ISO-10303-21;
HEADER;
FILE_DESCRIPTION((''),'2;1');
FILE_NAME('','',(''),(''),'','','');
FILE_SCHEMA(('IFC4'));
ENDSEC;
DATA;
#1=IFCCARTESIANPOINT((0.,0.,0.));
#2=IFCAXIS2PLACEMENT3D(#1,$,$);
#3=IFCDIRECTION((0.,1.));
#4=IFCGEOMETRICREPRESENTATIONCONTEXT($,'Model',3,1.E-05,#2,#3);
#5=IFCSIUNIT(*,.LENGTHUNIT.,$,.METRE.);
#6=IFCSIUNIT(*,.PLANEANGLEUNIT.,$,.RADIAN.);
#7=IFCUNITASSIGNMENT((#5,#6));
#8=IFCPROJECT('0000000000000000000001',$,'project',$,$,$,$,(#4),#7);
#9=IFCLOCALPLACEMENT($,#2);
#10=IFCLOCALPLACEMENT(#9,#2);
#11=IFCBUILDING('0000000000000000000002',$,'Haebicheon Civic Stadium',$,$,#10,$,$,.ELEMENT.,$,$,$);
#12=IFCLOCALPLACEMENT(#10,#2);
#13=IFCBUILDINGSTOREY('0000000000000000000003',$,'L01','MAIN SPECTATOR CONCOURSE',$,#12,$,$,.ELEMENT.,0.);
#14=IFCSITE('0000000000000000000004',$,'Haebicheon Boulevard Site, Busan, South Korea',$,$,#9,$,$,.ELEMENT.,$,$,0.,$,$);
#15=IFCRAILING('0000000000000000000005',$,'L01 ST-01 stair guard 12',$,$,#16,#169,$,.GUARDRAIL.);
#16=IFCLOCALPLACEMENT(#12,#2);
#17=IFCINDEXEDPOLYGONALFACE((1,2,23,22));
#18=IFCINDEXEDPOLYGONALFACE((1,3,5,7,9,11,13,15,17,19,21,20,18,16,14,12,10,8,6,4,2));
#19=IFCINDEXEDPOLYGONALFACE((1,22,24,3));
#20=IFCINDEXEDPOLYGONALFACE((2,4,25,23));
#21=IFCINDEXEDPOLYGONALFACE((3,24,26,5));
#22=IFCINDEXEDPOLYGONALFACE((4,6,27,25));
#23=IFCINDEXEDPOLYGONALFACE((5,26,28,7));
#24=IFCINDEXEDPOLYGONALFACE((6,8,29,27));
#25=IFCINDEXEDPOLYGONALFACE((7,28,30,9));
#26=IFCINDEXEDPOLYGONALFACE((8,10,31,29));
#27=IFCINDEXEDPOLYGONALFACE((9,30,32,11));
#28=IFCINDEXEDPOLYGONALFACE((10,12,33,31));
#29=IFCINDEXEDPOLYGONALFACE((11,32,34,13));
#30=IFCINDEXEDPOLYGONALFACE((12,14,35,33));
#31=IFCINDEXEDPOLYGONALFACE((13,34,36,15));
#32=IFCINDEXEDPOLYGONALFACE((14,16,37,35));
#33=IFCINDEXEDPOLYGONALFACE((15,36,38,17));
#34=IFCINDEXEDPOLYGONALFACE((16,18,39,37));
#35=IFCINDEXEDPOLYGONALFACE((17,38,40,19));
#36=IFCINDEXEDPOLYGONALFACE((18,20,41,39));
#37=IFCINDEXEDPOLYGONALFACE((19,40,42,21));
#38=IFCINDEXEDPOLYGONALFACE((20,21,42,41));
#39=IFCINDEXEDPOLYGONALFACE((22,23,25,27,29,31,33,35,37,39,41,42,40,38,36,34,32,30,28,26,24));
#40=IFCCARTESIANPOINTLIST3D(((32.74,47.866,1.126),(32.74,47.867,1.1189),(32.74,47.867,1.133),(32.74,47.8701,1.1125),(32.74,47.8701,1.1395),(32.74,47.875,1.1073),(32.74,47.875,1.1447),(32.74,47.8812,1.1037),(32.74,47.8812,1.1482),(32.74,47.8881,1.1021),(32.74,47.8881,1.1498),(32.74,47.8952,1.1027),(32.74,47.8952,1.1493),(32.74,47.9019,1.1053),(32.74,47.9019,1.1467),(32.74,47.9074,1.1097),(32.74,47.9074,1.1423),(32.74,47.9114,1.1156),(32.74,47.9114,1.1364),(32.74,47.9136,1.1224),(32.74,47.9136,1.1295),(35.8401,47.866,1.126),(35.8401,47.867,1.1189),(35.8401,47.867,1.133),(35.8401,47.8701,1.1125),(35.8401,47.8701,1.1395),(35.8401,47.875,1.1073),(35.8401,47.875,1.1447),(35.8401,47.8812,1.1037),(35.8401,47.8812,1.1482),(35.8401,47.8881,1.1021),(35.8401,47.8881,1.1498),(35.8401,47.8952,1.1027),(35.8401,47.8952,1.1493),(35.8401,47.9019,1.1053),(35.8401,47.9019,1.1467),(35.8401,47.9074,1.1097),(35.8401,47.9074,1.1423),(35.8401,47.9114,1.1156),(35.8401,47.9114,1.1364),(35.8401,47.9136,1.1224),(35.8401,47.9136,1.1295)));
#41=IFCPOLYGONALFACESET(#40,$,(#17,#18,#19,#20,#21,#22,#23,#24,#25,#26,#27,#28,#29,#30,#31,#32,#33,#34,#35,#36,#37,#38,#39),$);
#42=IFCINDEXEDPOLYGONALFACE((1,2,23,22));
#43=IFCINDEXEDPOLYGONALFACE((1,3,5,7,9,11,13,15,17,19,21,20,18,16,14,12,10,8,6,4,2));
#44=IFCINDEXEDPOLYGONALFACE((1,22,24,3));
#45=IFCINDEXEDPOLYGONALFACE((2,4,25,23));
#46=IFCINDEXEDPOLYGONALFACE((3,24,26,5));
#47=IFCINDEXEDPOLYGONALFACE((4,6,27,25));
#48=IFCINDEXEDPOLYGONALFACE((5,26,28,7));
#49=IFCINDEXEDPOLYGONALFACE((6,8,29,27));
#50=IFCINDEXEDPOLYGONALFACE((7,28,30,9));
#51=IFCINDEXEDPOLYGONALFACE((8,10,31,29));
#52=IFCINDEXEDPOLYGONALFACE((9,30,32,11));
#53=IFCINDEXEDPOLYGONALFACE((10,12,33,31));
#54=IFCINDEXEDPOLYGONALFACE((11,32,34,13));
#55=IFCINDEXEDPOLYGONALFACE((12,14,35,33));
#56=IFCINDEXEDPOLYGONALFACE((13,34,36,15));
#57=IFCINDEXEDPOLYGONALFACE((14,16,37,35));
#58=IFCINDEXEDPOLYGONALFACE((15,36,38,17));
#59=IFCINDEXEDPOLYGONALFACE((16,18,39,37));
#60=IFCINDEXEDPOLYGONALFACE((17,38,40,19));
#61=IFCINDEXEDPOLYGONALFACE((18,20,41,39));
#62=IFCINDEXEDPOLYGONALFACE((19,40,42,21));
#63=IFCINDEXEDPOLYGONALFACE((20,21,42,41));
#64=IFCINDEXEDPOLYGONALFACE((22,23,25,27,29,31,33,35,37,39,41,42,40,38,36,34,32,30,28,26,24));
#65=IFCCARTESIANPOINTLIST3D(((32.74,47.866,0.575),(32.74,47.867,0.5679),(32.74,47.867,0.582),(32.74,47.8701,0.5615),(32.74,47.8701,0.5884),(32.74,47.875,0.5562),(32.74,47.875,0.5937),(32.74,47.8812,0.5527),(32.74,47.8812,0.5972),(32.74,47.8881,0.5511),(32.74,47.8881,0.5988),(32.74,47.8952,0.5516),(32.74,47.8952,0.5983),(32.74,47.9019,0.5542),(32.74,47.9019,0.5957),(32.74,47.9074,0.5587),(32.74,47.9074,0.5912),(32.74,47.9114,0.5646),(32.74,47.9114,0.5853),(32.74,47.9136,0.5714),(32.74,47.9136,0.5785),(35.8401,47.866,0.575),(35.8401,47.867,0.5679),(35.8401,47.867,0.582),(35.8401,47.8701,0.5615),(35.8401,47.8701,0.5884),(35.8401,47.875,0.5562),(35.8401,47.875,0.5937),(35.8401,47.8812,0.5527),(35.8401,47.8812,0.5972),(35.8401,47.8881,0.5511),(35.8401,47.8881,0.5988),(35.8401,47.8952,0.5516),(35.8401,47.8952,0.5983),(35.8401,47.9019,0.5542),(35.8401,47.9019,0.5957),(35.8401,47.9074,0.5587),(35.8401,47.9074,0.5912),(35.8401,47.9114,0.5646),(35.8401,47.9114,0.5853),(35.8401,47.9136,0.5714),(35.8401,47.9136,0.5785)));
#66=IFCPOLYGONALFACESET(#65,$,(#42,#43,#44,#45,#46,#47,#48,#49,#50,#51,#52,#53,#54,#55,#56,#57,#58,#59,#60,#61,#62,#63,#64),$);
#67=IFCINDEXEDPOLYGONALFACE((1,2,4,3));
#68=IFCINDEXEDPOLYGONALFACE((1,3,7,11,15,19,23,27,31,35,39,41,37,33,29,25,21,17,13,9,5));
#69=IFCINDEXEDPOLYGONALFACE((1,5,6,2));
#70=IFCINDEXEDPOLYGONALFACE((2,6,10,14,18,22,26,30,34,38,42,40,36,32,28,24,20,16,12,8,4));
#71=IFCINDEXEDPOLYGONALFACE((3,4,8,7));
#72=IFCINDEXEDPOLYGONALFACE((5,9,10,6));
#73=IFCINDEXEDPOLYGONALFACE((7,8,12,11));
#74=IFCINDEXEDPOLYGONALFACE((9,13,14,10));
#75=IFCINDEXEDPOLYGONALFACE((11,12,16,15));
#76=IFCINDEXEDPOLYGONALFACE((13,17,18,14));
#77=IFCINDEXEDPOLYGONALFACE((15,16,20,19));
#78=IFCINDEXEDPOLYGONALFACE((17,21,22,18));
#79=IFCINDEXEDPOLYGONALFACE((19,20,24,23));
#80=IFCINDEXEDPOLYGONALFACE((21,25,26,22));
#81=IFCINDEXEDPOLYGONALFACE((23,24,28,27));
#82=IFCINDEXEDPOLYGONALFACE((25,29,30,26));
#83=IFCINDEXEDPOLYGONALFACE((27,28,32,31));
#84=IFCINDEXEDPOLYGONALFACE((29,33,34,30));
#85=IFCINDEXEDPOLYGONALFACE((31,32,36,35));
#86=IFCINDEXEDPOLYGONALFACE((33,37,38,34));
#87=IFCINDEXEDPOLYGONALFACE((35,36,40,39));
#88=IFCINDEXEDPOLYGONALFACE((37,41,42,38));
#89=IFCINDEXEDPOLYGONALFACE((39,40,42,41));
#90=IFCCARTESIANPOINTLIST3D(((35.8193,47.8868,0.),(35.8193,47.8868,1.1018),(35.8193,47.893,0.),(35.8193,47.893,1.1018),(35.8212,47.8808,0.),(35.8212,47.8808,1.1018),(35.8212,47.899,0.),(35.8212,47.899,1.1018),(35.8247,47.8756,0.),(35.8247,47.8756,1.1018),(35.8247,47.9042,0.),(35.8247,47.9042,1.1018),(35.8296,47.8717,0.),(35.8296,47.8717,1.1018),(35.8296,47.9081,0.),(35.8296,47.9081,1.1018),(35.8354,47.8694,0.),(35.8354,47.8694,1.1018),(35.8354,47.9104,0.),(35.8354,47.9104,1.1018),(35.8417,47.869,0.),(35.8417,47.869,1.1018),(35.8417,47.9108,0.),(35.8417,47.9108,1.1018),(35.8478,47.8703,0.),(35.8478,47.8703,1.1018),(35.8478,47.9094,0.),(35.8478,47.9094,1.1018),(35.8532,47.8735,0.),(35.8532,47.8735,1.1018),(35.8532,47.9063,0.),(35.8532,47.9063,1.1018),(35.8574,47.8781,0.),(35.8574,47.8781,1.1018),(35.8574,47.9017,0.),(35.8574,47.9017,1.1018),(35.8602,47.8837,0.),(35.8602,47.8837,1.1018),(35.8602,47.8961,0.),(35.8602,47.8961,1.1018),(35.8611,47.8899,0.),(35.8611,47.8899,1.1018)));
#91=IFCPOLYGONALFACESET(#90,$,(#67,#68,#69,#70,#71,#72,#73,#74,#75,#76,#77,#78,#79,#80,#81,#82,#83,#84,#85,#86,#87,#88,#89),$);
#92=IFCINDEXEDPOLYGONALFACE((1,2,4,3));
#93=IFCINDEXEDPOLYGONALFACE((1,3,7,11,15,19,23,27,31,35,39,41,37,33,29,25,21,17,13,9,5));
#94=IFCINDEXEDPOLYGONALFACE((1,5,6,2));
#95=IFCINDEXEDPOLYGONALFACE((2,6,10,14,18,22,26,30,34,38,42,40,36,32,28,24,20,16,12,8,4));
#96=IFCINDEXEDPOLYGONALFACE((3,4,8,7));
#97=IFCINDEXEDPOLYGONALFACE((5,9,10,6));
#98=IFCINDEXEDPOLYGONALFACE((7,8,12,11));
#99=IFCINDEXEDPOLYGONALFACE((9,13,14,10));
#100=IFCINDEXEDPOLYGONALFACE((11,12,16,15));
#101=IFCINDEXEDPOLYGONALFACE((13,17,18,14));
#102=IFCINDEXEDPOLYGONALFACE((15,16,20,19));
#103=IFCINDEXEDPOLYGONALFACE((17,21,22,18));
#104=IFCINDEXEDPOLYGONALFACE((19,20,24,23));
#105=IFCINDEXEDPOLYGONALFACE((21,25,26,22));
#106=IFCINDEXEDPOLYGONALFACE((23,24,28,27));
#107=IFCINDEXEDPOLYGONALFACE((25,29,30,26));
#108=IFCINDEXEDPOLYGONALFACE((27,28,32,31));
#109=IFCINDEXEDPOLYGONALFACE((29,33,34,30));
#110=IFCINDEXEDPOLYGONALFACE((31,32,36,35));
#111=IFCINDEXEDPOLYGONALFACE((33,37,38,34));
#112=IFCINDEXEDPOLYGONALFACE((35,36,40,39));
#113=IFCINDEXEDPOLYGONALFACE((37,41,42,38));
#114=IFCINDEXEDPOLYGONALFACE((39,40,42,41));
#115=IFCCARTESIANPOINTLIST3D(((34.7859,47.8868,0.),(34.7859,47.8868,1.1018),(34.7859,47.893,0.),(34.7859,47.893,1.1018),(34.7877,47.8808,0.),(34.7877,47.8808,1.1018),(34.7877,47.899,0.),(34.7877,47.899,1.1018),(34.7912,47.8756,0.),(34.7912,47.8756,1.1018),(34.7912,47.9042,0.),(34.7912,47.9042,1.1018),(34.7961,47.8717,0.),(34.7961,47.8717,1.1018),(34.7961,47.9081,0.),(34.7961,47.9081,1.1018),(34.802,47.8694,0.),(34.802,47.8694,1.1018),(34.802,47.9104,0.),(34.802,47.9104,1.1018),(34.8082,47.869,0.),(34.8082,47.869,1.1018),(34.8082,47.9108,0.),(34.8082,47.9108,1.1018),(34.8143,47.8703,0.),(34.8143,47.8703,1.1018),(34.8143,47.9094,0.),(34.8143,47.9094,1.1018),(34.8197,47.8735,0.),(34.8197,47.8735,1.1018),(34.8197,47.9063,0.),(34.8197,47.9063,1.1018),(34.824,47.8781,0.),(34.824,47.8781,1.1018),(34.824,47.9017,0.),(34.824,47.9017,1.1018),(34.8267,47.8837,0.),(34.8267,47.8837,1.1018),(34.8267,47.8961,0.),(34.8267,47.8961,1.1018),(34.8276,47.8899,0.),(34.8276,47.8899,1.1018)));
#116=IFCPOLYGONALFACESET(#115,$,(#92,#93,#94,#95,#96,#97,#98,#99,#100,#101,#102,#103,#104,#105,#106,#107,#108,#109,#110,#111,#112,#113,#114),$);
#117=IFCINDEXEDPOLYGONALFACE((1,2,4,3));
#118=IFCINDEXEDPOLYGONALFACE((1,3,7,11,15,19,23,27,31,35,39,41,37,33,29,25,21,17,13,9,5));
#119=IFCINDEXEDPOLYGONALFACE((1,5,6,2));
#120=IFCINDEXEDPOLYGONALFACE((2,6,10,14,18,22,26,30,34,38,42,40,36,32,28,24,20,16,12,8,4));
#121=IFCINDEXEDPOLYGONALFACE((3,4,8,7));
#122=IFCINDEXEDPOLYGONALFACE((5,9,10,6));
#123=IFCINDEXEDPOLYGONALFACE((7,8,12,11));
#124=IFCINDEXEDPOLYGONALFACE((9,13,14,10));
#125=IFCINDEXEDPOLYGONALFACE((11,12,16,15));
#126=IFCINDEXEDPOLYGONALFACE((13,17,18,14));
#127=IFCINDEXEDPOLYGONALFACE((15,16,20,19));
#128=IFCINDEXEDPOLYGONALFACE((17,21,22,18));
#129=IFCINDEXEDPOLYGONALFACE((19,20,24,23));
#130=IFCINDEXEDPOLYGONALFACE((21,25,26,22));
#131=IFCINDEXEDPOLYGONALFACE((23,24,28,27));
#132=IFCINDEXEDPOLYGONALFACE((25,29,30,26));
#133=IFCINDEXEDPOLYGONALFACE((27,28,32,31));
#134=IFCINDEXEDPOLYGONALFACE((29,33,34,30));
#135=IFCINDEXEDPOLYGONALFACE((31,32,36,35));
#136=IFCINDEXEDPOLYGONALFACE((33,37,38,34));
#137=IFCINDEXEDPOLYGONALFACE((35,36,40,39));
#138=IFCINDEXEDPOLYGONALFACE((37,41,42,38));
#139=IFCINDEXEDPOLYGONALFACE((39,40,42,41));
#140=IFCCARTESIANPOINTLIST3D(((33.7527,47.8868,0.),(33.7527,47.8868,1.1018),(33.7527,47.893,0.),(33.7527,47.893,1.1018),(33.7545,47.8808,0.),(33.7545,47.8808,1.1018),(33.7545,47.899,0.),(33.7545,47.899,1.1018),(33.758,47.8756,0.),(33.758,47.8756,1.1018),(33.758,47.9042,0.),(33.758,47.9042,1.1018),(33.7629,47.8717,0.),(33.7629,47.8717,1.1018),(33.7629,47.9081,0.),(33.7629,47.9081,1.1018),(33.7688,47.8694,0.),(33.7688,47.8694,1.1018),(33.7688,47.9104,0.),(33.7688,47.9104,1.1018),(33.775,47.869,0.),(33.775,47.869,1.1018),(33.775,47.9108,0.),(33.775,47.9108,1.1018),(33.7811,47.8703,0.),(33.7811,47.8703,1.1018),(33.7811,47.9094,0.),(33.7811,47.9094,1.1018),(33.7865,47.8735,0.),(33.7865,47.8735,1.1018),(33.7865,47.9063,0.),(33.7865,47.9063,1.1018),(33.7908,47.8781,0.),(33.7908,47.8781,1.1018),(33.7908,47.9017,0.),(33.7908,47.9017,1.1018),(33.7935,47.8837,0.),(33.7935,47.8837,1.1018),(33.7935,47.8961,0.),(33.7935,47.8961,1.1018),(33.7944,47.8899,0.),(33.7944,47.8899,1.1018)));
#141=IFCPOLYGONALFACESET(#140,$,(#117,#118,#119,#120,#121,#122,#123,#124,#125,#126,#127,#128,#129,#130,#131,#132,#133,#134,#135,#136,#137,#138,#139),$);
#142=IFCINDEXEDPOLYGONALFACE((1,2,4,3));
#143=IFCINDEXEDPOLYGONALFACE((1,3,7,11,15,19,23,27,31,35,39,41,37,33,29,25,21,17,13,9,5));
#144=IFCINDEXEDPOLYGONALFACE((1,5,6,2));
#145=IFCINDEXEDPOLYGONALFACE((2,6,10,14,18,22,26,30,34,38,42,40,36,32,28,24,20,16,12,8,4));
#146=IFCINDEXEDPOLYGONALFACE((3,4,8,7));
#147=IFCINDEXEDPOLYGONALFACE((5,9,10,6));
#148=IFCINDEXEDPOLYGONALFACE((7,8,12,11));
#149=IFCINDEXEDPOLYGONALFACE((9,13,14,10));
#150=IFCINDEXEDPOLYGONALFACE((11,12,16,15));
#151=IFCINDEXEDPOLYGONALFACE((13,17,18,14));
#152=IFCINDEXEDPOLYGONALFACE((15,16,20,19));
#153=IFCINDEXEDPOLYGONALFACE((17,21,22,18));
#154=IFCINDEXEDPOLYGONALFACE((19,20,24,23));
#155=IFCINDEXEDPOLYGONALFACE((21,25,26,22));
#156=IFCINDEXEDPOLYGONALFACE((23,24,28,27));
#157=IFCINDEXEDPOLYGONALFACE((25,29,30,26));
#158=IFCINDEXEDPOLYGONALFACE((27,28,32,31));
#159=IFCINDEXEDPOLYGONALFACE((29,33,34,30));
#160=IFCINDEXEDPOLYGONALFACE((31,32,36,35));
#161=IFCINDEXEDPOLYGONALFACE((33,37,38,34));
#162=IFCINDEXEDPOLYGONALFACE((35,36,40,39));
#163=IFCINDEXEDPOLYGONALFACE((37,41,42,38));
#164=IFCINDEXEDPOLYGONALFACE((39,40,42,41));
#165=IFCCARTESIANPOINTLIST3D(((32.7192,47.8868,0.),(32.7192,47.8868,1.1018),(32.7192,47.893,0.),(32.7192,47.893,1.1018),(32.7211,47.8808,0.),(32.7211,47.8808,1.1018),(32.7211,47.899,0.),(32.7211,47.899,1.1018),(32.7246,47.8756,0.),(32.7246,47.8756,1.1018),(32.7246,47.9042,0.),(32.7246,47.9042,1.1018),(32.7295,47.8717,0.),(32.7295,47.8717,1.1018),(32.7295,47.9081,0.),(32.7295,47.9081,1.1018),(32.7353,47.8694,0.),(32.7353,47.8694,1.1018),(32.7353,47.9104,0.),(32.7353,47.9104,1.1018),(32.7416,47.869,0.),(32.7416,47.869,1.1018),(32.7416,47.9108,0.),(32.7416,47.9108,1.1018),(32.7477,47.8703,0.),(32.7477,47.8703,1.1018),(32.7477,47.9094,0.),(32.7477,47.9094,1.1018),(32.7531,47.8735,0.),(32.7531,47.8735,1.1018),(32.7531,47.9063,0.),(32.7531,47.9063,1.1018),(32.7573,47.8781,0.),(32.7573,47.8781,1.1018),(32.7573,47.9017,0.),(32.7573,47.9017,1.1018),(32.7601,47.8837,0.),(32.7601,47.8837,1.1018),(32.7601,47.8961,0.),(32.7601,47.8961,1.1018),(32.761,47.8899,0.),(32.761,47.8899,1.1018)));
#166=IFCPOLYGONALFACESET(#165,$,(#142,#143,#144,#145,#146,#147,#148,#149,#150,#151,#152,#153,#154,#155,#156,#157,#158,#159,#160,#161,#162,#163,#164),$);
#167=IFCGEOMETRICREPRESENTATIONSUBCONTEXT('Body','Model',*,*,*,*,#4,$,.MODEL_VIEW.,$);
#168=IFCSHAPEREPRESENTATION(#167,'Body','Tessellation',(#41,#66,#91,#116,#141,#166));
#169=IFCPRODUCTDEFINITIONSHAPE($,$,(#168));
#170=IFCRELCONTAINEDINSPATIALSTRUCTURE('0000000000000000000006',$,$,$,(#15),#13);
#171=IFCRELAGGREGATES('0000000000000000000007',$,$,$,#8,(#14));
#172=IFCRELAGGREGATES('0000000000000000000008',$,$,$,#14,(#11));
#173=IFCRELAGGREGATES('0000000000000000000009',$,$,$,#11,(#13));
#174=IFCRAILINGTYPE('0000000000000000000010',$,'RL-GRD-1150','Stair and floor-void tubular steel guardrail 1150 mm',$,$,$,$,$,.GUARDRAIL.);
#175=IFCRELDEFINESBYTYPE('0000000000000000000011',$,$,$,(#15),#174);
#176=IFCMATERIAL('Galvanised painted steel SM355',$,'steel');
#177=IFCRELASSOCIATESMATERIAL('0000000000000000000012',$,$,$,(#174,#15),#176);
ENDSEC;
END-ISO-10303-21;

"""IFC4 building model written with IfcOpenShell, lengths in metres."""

from ifc_helpers import new_model, si_unit, direction, frame, origin, origin_2d, place, context, subcontext, project, spatial, circle, extrude, material, type_object, element, save


model = new_model("IFC4")

# Units and contexts
model_context = context("Model", 3, precision=1e-05, world=origin(), true_north=direction((0.0, 1.0)))
body_context = subcontext(model_context, "Body", "Model", "MODEL_VIEW")
ifc_project = project(units=[si_unit("LENGTHUNIT", "METRE"), si_unit("PLANEANGLEUNIT", "RADIAN")], contexts=[model_context])

# Site, building, storey
site_placement = place(None, origin())
site = spatial("IfcSite", under=ifc_project, at=site_placement, Name="Haebicheon Boulevard Site, Busan, South Korea", CompositionType="ELEMENT", RefElevation=0.0)
building_placement = place(site_placement, origin())
building = spatial("IfcBuilding", under=site, at=building_placement, Name="Haebicheon Civic Stadium", CompositionType="ELEMENT")
storey_placement = place(building_placement, origin())
storey = spatial("IfcBuildingStorey", under=building, at=storey_placement, Name="L01", Description="MAIN SPECTATOR CONCOURSE", CompositionType="ELEMENT", Elevation=0.0)

# Railing
ifc_material_1 = material(Name="Galvanised painted steel SM355", Category="steel")
railing_type_1 = type_object("IfcRailingType", Name="RL-GRD-1150", Description="Stair and floor-void tubular steel guardrail 1150 mm", PredefinedType="GUARDRAIL", material=ifc_material_1)
railing_1_placement = place(storey_placement, frame((35.8401, 47.8899, 0.0)))
element("IfcRailing", 1, at=railing_1_placement, inside=storey, type_object=railing_type_1, material=ifc_material_1, Name="L01 ST-01 stair guard 12", PredefinedType="GUARDRAIL", context=body_context, shape_type="SweptSolid", body=[
    extrude(circle(Radius=0.0239, at=origin_2d()), frame((0.0, 0.0, 1.126), z_axis=(-1.0, 0.0, 0.0), x_axis=(0.0, -1.0, 0.0)), (0.0, 0.0, 1.0), 3.1001),
    extrude(circle(Radius=0.0239, at=origin_2d()), frame((0.0, 0.0, 0.575), z_axis=(-1.0, 0.0, 0.0), x_axis=(0.0, -1.0, 0.0)), (0.0, 0.0, 1.0), 3.1001),
    extrude(circle(Radius=0.021, at=origin_2d()), origin(), (0.0, 0.0, 1.0), 1.1018),
    extrude(circle(Radius=0.021, at=origin_2d()), frame((-1.0334, 0.0, 0.0)), (0.0, 0.0, 1.0), 1.1018),
    extrude(circle(Radius=0.021, at=origin_2d()), frame((-2.0667, 0.0, 0.0)), (0.0, 0.0, 1.0), 1.1018),
    extrude(circle(Radius=0.021, at=origin_2d()), frame((-3.1001, 0.0, 0.0)), (0.0, 0.0, 1.0), 1.1018),
])

save(model, "model.ifc")
